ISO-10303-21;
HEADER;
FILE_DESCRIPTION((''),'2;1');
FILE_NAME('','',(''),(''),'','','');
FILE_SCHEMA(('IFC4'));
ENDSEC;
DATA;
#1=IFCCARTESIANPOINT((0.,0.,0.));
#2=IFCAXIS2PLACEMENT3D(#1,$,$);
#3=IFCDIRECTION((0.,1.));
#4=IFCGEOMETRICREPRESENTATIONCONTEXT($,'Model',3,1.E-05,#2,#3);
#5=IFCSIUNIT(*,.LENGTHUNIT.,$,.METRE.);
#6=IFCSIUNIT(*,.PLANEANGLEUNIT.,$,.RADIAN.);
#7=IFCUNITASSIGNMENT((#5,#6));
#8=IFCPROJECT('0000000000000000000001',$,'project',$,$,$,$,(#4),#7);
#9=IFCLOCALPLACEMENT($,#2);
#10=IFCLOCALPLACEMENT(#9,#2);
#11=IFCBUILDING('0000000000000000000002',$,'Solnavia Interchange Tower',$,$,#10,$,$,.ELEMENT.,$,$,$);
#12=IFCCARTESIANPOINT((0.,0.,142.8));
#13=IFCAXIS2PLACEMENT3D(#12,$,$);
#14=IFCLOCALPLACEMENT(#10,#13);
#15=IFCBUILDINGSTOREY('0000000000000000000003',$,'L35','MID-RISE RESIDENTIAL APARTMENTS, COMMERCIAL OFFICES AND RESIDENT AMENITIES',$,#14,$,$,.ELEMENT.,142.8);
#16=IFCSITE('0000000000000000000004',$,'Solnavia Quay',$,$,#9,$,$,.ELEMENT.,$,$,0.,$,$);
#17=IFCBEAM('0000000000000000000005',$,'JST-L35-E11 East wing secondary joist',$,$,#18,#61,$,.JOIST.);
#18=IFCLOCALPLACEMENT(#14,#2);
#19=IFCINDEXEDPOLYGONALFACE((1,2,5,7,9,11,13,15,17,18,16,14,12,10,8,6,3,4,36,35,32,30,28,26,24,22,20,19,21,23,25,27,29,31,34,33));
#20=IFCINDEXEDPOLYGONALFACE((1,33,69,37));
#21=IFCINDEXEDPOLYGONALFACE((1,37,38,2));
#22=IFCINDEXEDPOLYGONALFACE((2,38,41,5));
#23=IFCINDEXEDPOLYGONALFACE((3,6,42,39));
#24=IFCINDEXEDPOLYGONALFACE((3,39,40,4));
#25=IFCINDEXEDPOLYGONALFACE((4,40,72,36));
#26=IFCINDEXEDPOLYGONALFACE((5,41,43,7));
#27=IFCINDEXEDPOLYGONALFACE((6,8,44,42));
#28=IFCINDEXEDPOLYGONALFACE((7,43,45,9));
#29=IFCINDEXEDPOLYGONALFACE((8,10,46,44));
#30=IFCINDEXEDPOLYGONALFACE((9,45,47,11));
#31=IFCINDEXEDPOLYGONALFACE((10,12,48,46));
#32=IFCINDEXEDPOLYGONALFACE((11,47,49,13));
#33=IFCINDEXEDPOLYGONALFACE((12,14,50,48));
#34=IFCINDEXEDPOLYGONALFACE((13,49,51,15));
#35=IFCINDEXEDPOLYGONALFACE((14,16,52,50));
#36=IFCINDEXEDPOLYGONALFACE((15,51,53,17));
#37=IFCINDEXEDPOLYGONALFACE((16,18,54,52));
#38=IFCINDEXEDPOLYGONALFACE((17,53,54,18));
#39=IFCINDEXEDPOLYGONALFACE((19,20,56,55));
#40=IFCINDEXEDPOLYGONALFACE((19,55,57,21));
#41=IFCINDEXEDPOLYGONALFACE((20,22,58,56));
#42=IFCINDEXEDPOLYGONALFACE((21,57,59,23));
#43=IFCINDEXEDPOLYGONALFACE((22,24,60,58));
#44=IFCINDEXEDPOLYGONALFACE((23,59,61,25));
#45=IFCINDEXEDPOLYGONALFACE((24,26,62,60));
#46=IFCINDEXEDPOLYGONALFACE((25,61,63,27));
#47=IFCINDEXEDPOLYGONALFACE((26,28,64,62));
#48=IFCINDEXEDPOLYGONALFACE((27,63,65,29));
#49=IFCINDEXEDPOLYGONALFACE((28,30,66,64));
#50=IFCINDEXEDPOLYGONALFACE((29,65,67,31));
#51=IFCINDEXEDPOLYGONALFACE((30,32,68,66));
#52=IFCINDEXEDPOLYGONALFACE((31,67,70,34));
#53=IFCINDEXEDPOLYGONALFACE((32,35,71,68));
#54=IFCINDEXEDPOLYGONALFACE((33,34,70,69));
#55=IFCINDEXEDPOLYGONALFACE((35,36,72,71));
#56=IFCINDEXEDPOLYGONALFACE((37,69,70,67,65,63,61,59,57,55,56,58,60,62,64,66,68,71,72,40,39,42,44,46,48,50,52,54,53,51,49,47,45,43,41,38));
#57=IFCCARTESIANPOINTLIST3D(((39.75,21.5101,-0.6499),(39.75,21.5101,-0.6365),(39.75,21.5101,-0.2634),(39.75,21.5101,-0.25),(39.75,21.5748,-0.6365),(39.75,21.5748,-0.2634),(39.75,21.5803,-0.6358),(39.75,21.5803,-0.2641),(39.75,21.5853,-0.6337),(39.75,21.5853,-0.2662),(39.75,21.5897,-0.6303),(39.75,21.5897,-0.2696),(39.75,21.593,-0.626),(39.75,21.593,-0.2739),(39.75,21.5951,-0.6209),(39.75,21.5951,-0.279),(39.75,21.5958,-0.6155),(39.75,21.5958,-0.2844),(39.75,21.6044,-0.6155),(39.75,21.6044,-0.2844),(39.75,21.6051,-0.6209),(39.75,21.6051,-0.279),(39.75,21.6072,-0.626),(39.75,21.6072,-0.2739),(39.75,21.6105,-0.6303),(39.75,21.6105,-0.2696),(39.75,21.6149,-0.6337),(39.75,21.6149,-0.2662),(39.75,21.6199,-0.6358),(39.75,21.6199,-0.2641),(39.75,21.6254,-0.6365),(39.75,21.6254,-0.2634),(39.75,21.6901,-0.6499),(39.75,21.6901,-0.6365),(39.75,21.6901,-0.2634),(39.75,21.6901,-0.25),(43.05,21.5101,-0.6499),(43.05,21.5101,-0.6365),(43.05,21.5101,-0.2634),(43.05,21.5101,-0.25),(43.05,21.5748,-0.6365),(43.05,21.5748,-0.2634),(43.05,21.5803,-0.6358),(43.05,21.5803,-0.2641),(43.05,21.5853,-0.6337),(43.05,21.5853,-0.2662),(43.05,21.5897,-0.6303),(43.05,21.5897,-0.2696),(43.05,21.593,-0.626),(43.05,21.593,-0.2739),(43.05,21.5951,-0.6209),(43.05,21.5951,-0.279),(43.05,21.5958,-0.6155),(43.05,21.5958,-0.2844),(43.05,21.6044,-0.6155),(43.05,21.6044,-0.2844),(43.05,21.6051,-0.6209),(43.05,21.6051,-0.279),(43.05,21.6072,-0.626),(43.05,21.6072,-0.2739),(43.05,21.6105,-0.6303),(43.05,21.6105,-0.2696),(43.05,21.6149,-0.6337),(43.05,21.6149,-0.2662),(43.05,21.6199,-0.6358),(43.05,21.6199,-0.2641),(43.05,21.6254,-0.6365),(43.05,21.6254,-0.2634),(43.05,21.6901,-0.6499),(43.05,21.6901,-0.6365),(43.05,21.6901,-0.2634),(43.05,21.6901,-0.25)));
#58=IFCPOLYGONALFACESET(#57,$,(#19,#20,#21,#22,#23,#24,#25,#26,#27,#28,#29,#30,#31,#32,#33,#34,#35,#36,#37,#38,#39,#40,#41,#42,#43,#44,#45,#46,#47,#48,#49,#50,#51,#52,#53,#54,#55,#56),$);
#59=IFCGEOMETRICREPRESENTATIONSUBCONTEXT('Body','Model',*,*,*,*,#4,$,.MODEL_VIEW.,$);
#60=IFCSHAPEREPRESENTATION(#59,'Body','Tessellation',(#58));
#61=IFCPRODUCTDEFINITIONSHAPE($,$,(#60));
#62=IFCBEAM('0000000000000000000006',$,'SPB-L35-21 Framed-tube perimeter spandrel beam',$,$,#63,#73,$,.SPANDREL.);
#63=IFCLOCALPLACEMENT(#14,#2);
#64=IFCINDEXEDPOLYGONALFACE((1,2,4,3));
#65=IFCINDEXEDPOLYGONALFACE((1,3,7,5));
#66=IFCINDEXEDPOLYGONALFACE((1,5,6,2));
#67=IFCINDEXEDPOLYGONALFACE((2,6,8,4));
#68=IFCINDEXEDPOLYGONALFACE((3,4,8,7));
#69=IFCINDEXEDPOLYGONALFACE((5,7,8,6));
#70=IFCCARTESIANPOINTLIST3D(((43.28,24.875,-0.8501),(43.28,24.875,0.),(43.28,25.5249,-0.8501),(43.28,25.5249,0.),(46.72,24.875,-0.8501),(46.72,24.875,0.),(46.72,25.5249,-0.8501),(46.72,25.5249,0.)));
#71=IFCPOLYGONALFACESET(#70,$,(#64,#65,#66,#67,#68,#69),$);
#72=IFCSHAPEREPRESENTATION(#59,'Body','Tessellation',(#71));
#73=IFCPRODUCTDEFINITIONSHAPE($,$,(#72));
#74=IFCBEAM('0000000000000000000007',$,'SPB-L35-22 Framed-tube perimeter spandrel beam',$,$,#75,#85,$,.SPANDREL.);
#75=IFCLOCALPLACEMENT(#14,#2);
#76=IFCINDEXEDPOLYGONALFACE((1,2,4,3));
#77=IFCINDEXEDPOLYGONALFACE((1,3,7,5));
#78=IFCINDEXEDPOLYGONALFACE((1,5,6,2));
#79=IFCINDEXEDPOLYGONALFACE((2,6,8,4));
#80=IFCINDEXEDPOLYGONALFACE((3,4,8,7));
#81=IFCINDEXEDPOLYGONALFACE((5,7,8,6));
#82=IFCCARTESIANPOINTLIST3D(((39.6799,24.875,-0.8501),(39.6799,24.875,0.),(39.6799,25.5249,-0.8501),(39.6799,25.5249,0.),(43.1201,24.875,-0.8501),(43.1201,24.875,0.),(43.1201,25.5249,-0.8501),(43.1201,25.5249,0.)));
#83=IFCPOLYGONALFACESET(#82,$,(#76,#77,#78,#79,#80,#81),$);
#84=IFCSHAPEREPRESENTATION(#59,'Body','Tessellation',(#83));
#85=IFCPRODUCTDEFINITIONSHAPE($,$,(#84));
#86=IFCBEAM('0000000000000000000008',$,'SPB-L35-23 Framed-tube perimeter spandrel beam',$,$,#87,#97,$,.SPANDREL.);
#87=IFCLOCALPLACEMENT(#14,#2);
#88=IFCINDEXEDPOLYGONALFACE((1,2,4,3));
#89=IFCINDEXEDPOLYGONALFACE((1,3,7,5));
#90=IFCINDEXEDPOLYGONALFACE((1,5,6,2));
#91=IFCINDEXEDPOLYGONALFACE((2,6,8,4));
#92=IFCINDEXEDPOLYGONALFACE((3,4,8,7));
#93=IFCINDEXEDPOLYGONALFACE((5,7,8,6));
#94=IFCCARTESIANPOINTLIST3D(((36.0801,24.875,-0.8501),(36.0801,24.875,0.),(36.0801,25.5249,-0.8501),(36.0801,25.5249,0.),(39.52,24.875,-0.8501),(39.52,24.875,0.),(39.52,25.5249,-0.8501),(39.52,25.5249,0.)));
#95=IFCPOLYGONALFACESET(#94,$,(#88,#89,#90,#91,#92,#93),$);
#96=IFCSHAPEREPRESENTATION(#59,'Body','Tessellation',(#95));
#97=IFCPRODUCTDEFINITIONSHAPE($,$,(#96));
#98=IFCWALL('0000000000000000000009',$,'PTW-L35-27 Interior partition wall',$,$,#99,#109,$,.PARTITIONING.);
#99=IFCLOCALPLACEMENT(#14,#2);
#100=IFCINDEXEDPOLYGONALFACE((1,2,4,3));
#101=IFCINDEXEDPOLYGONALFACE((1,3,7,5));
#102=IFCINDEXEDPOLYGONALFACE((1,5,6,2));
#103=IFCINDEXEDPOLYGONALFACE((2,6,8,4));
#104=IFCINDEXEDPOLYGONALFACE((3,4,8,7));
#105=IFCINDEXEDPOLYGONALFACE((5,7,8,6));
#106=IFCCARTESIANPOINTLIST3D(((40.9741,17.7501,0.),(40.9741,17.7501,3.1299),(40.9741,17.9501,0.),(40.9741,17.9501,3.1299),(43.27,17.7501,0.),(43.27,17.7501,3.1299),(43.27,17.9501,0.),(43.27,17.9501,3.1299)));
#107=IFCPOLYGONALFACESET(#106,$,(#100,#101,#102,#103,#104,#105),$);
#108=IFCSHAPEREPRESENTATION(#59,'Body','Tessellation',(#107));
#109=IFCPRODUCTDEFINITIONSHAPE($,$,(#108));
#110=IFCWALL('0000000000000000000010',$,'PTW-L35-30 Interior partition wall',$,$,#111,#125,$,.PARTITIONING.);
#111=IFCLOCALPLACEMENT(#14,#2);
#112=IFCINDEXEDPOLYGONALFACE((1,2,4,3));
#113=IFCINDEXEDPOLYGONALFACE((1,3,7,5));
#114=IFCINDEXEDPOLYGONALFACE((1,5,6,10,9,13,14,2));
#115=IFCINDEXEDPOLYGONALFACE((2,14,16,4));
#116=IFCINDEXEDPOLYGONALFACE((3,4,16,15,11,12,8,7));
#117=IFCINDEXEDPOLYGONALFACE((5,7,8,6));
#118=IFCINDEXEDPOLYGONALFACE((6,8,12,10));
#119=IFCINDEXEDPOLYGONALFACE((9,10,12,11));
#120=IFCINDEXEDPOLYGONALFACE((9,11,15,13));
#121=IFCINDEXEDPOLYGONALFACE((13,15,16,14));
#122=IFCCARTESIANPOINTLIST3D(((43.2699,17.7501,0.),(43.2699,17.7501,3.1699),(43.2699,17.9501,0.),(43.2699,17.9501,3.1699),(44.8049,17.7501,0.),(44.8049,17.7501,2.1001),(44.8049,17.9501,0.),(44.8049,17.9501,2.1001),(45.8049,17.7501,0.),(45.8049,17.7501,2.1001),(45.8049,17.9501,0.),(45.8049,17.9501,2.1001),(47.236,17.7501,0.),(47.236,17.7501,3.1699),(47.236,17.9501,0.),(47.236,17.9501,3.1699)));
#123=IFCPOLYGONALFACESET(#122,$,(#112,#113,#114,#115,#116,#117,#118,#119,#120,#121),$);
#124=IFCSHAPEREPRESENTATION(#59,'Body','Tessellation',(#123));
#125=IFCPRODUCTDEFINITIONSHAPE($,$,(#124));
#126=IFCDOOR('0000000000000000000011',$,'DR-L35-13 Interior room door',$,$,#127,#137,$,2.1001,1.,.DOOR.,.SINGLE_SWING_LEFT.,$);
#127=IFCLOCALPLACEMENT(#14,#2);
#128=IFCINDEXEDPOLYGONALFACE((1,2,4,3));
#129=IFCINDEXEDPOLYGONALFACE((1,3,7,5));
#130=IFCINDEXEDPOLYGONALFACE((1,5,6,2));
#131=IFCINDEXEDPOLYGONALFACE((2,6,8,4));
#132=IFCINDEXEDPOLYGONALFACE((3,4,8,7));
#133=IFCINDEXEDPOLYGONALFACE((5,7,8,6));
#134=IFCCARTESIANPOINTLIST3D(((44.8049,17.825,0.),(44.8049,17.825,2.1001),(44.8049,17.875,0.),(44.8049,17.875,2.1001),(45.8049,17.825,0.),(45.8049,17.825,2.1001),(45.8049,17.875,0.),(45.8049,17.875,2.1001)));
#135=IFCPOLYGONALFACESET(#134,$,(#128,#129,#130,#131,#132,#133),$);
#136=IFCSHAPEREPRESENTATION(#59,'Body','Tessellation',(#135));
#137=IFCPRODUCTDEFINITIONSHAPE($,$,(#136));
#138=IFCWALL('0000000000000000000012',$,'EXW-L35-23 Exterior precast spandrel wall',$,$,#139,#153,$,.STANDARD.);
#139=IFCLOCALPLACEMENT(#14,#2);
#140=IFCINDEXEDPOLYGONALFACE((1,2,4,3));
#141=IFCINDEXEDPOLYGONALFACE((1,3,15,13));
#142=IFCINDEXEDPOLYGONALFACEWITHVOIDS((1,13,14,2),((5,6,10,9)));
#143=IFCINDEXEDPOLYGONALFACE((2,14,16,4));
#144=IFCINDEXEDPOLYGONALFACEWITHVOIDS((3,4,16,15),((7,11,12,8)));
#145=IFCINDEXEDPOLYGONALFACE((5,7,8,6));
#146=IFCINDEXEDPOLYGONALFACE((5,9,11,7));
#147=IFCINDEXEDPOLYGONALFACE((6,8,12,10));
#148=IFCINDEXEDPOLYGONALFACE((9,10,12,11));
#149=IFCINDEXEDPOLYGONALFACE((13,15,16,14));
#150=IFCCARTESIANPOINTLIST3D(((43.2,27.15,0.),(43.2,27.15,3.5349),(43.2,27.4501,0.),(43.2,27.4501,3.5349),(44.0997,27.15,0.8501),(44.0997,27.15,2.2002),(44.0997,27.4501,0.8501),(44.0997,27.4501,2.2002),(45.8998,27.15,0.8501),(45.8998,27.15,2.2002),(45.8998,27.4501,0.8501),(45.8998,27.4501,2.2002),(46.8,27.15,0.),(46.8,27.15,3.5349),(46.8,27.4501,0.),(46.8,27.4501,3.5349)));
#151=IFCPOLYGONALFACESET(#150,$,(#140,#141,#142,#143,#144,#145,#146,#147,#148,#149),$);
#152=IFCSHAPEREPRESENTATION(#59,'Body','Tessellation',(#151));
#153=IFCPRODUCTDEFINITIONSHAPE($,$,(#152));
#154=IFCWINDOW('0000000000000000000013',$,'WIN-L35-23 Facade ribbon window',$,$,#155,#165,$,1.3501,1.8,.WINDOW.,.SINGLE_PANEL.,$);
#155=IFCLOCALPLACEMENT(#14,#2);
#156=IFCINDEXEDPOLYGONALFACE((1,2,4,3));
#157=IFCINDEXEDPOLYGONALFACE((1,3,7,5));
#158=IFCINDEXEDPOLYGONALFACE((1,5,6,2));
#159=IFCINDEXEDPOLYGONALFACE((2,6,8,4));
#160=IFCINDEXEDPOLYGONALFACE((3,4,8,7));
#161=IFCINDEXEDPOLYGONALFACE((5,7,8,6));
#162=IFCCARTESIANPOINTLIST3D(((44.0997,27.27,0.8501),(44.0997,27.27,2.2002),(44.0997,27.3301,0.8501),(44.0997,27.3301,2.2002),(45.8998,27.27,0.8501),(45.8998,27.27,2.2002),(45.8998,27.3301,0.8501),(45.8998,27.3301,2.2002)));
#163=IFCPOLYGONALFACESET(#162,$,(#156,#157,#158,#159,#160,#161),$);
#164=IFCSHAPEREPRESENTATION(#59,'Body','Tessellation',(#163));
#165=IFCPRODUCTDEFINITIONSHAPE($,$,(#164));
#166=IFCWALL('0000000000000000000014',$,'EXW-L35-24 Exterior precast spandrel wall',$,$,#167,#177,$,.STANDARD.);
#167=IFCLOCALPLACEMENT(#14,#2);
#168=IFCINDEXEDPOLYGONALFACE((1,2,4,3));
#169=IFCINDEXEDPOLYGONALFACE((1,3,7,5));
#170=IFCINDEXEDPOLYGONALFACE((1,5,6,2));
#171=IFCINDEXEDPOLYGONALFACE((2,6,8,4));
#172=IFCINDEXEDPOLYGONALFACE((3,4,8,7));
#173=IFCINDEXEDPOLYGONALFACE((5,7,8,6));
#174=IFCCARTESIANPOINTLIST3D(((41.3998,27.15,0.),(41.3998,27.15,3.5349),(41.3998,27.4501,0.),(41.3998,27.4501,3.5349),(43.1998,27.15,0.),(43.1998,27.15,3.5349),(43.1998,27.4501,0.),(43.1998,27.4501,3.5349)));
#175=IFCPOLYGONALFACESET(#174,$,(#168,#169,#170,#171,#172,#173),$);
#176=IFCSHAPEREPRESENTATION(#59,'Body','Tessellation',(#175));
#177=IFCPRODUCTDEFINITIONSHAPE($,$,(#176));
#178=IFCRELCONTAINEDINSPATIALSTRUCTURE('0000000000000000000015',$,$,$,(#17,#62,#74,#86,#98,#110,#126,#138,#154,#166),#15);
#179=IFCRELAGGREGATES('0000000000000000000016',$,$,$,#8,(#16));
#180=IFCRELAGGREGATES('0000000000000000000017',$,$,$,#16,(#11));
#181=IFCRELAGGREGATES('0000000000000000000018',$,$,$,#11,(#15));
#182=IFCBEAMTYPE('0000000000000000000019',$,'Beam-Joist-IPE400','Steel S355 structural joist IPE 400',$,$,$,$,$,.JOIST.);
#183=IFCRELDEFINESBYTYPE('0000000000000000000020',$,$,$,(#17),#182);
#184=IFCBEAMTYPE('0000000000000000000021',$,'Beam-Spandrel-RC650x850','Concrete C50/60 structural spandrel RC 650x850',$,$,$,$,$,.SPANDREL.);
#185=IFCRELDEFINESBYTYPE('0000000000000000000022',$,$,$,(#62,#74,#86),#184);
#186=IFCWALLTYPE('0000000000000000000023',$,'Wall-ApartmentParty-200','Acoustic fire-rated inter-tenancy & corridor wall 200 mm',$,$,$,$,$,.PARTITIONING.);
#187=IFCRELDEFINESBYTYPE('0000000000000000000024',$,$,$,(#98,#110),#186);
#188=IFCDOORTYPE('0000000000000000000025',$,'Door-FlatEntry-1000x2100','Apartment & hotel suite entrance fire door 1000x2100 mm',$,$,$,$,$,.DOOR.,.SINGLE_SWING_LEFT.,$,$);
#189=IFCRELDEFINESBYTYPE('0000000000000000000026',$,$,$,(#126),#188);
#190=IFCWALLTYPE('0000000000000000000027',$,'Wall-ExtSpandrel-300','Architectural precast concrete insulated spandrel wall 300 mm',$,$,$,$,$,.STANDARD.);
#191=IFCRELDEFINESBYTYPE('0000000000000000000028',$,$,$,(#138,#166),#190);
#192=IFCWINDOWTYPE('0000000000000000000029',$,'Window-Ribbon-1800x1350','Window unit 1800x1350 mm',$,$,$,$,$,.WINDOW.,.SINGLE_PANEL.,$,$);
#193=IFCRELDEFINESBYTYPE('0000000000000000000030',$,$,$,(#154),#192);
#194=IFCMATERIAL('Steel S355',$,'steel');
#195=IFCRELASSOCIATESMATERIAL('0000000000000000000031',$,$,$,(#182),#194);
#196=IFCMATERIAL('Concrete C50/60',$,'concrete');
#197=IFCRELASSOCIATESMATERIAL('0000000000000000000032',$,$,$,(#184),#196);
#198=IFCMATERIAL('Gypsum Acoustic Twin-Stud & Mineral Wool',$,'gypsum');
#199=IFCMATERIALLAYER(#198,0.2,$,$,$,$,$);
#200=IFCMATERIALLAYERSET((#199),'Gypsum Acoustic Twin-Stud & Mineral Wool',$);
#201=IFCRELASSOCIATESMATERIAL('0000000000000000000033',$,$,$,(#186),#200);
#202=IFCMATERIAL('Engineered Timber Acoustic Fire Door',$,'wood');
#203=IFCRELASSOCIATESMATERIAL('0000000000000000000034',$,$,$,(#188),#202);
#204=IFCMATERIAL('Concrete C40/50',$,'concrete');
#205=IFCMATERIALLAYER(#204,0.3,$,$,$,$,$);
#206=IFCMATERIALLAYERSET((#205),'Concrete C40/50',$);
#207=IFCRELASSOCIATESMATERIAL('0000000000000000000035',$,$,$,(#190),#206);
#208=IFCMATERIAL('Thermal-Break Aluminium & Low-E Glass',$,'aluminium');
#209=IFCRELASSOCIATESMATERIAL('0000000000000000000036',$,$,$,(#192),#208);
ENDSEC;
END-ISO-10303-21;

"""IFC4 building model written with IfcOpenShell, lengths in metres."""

from ifc_helpers import new_model, si_unit, direction, frame, frame_2d, origin, origin_2d, place, context, subcontext, project, spatial, rectangle, i_section, extrude, material, layer, layer_set, material_profile, profile_set, type_object, element, fill, save


model = new_model("IFC4")

# Units and contexts
model_context = context("Model", 3, precision=1e-05, world=origin(), true_north=direction((0.0, 1.0)))
body_context = subcontext(model_context, "Body", "Model", "MODEL_VIEW")
ifc_project = project(units=[si_unit("LENGTHUNIT", "METRE"), si_unit("PLANEANGLEUNIT", "RADIAN")], contexts=[model_context])

# Site, building, storey
site_placement = place(None, origin())
site = spatial("IfcSite", under=ifc_project, at=site_placement, Name="Solnavia Quay", CompositionType="ELEMENT", RefElevation=0.0)
building_placement = place(site_placement, origin())
building = spatial("IfcBuilding", under=site, at=building_placement, Name="Solnavia Interchange Tower", CompositionType="ELEMENT")
storey_placement = place(building_placement, frame((0.0, 0.0, 142.8)))
storey = spatial("IfcBuildingStorey", under=building, at=storey_placement, Name="L35", Description="MID-RISE RESIDENTIAL APARTMENTS, COMMERCIAL OFFICES AND RESIDENT AMENITIES", CompositionType="ELEMENT", Elevation=142.8)

# Shared definitions
ifc_material_1 = material(Name="Concrete C50/60", Category="concrete")

# Beams
ifc_material_2 = material(Name="Steel S355", Category="steel")
ifc_material_profile_1 = material_profile(ifc_material_2, i_section(OverallWidth=0.1799, OverallDepth=0.3999, WebThickness=0.0085, FlangeThickness=0.0134, FilletRadius=0.021, at=origin_2d()), Name="IPE 400")
ifc_profile_set_1 = profile_set([ifc_material_profile_1], Name="Steel S355")
beam_type_1 = type_object("IfcBeamType", Name="Beam-Joist-IPE400", Description="Steel S355 structural joist IPE 400", PredefinedType="JOIST", material=ifc_profile_set_1)
for number, where, z_axis, x_axis, name in (
    (1, (39.75, 21.6001, -0.45), (1.0, 0.0, 0.0), (0.0, 1.0, 0.0), "JST-L35-E11 East wing secondary joist"),
):
    element("IfcBeam", number, at=place(storey_placement, frame(where, z_axis=z_axis, x_axis=x_axis)), inside=storey, type_object=beam_type_1, Name=name, PredefinedType="JOIST", context=body_context, shape_type="SweptSolid", body=[
        extrude(i_section(OverallWidth=0.1799, OverallDepth=0.3999, WebThickness=0.0085, FlangeThickness=0.0134, FilletRadius=0.021, at=origin_2d()), origin(), (0.0, 0.0, 1.0), 3.3),
    ])
ifc_material_profile_2 = material_profile(ifc_material_1, rectangle(XDim=0.6499, YDim=0.8501, at=origin_2d()), Name="RC 650x850")
ifc_profile_set_2 = profile_set([ifc_material_profile_2], Name="Concrete C50/60")
beam_type_2 = type_object("IfcBeamType", Name="Beam-Spandrel-RC650x850", Description="Concrete C50/60 structural spandrel RC 650x850", PredefinedType="SPANDREL", material=ifc_profile_set_2)
beam_1_placement = place(storey_placement, frame((46.72, 25.2, -0.425), z_axis=(-1.0, 0.0, 0.0), x_axis=(0.0, -1.0, 0.0)))
element("IfcBeam", 2, at=beam_1_placement, inside=storey, type_object=beam_type_2, Name="SPB-L35-21 Framed-tube perimeter spandrel beam", PredefinedType="SPANDREL", context=body_context, shape_type="SweptSolid", body=[
    extrude(rectangle(XDim=0.6499, YDim=0.8501, at=origin_2d()), origin(), (0.0, 0.0, 1.0), 3.4399),
])
beam_2_placement = place(storey_placement, frame((43.1201, 25.2, -0.425), z_axis=(-1.0, 0.0, 0.0), x_axis=(0.0, -1.0, 0.0)))
element("IfcBeam", 3, at=beam_2_placement, inside=storey, type_object=beam_type_2, Name="SPB-L35-22 Framed-tube perimeter spandrel beam", PredefinedType="SPANDREL", context=body_context, shape_type="SweptSolid", body=[
    extrude(rectangle(XDim=0.6499, YDim=0.8501, at=origin_2d()), origin(), (0.0, 0.0, 1.0), 3.4402),
])
beam_3_placement = place(storey_placement, frame((39.52, 25.2, -0.425), z_axis=(-1.0, 0.0, 0.0), x_axis=(0.0, -1.0, 0.0)))
element("IfcBeam", 4, at=beam_3_placement, inside=storey, type_object=beam_type_2, Name="SPB-L35-23 Framed-tube perimeter spandrel beam", PredefinedType="SPANDREL", context=body_context, shape_type="SweptSolid", body=[
    extrude(rectangle(XDim=0.6499, YDim=0.8501, at=origin_2d()), origin(), (0.0, 0.0, 1.0), 3.4399),
])

# Wall
ifc_material_3 = material(Name="Gypsum Acoustic Twin-Stud & Mineral Wool", Category="gypsum")
ifc_layer_1 = layer(ifc_material_3, 0.2)
ifc_layer_set_1 = layer_set([ifc_layer_1], Name="Gypsum Acoustic Twin-Stud & Mineral Wool")
wall_type_1 = type_object("IfcWallType", Name="Wall-ApartmentParty-200", Description="Acoustic fire-rated inter-tenancy & corridor wall 200 mm", PredefinedType="PARTITIONING", material=ifc_layer_set_1)
wall_1_placement = place(storey_placement, frame((40.9741, 17.8501, 0.0), z_axis=(0.0, 0.0, 1.0), x_axis=(1.0, 0.0, 0.0)))
element("IfcWall", 5, at=wall_1_placement, inside=storey, type_object=wall_type_1, Name="PTW-L35-27 Interior partition wall", PredefinedType="PARTITIONING", context=body_context, shape_type="SweptSolid", body=[
    extrude(rectangle(XDim=2.2959, YDim=0.2, at=frame_2d((1.1479, 0.0))), origin(), (0.0, 0.0, 1.0), 3.1299),
])

# Wall, opening, door
wall_2_placement = place(storey_placement, frame((43.27, 17.8501, 0.0), z_axis=(0.0, 0.0, 1.0), x_axis=(1.0, 0.0, 0.0)))
wall_2 = element("IfcWall", 6, at=wall_2_placement, inside=storey, type_object=wall_type_1, Name="PTW-L35-30 Interior partition wall", PredefinedType="PARTITIONING", context=body_context, shape_type="SweptSolid", body=[
    extrude(rectangle(XDim=3.9661, YDim=0.2, at=frame_2d((1.9829, 0.0))), origin(), (0.0, 0.0, 1.0), 3.1699),
])
opening_1_placement = place(wall_2_placement, frame((1.5349, 0.0, 0.0)))
opening_1 = element("IfcOpeningElement", 7, at=opening_1_placement, cuts=wall_2, PredefinedType="OPENING", context=body_context, shape_type="SweptSolid", body=[
    extrude(rectangle(XDim=1.0, YDim=2.1001, at=frame_2d((0.5, 1.05))), frame((0.0, 0.1099, 0.0), z_axis=(0.0, -1.0, 0.0), x_axis=(1.0, 0.0, 0.0)), (0.0, 0.0, 1.0), 0.22),
])
ifc_material_4 = material(Name="Engineered Timber Acoustic Fire Door", Category="wood")
door_type_1 = type_object("IfcDoorType", Name="Door-FlatEntry-1000x2100", Description="Apartment & hotel suite entrance fire door 1000x2100 mm", OperationType="SINGLE_SWING_LEFT", PredefinedType="DOOR", material=ifc_material_4)
door_1_placement = place(opening_1_placement, origin())
door_1 = element("IfcDoor", 8, at=door_1_placement, inside=storey, type_object=door_type_1, Name="DR-L35-13 Interior room door", OperationType="SINGLE_SWING_LEFT", OverallHeight=2.1001, OverallWidth=1.0, PredefinedType="DOOR", context=body_context, shape_type="SweptSolid", body=[
    extrude(rectangle(XDim=1.0, YDim=2.1001, at=frame_2d((0.5, 1.05))), frame((0.0, 0.0249, 0.0), z_axis=(0.0, -1.0, 0.0), x_axis=(1.0, 0.0, 0.0)), (0.0, 0.0, 1.0), 0.05),
])
fill(opening_1, door_1)

# Wall, opening, window
ifc_material_5 = material(Name="Concrete C40/50", Category="concrete")
ifc_layer_2 = layer(ifc_material_5, 0.3)
ifc_layer_set_2 = layer_set([ifc_layer_2], Name="Concrete C40/50")
wall_type_2 = type_object("IfcWallType", Name="Wall-ExtSpandrel-300", Description="Architectural precast concrete insulated spandrel wall 300 mm", PredefinedType="STANDARD", material=ifc_layer_set_2)
wall_3_placement = place(storey_placement, frame((43.2, 27.3, 0.0), z_axis=(0.0, 0.0, 1.0), x_axis=(1.0, 0.0, 0.0)))
wall_3 = element("IfcWall", 9, at=wall_3_placement, inside=storey, type_object=wall_type_2, Name="EXW-L35-23 Exterior precast spandrel wall", PredefinedType="STANDARD", context=body_context, shape_type="SweptSolid", body=[
    extrude(rectangle(XDim=3.6001, YDim=0.3, at=frame_2d((1.8, 0.0))), origin(), (0.0, 0.0, 1.0), 3.5349),
])
opening_2_placement = place(wall_3_placement, frame((0.8999, 0.0, 0.8501)))
opening_2 = element("IfcOpeningElement", 10, at=opening_2_placement, cuts=wall_3, PredefinedType="OPENING", context=body_context, shape_type="SweptSolid", body=[
    extrude(rectangle(XDim=1.8, YDim=1.3501, at=frame_2d((0.8999, 0.675))), frame((0.0, 0.1602, 0.0), z_axis=(0.0, -1.0, 0.0), x_axis=(1.0, 0.0, 0.0)), (0.0, 0.0, 1.0), 0.3201),
])
ifc_material_6 = material(Name="Thermal-Break Aluminium & Low-E Glass", Category="aluminium")
window_type = type_object("IfcWindowType", Name="Window-Ribbon-1800x1350", Description="Window unit 1800x1350 mm", PartitioningType="SINGLE_PANEL", PredefinedType="WINDOW", material=ifc_material_6)
window_placement = place(opening_2_placement, origin())
window = element("IfcWindow", 11, at=window_placement, inside=storey, type_object=window_type, Name="WIN-L35-23 Facade ribbon window", OverallHeight=1.3501, OverallWidth=1.8, PartitioningType="SINGLE_PANEL", PredefinedType="WINDOW", context=body_context, shape_type="SweptSolid", body=[
    extrude(rectangle(XDim=1.8, YDim=1.3501, at=frame_2d((0.8999, 0.675))), frame((0.0, 0.03, 0.0), z_axis=(0.0, -1.0, 0.0), x_axis=(1.0, 0.0, 0.0)), (0.0, 0.0, 1.0), 0.0601),
])
fill(opening_2, window)

# Wall
wall_4_placement = place(storey_placement, frame((41.3999, 27.3, 0.0), z_axis=(0.0, 0.0, 1.0), x_axis=(1.0, 0.0, 0.0)))
element("IfcWall", 12, at=wall_4_placement, inside=storey, type_object=wall_type_2, Name="EXW-L35-24 Exterior precast spandrel wall", PredefinedType="STANDARD", context=body_context, shape_type="SweptSolid", body=[
    extrude(rectangle(XDim=1.8, YDim=0.3, at=frame_2d((0.8999, 0.0))), origin(), (0.0, 0.0, 1.0), 3.5349),
])

save(model, "model.ifc")
